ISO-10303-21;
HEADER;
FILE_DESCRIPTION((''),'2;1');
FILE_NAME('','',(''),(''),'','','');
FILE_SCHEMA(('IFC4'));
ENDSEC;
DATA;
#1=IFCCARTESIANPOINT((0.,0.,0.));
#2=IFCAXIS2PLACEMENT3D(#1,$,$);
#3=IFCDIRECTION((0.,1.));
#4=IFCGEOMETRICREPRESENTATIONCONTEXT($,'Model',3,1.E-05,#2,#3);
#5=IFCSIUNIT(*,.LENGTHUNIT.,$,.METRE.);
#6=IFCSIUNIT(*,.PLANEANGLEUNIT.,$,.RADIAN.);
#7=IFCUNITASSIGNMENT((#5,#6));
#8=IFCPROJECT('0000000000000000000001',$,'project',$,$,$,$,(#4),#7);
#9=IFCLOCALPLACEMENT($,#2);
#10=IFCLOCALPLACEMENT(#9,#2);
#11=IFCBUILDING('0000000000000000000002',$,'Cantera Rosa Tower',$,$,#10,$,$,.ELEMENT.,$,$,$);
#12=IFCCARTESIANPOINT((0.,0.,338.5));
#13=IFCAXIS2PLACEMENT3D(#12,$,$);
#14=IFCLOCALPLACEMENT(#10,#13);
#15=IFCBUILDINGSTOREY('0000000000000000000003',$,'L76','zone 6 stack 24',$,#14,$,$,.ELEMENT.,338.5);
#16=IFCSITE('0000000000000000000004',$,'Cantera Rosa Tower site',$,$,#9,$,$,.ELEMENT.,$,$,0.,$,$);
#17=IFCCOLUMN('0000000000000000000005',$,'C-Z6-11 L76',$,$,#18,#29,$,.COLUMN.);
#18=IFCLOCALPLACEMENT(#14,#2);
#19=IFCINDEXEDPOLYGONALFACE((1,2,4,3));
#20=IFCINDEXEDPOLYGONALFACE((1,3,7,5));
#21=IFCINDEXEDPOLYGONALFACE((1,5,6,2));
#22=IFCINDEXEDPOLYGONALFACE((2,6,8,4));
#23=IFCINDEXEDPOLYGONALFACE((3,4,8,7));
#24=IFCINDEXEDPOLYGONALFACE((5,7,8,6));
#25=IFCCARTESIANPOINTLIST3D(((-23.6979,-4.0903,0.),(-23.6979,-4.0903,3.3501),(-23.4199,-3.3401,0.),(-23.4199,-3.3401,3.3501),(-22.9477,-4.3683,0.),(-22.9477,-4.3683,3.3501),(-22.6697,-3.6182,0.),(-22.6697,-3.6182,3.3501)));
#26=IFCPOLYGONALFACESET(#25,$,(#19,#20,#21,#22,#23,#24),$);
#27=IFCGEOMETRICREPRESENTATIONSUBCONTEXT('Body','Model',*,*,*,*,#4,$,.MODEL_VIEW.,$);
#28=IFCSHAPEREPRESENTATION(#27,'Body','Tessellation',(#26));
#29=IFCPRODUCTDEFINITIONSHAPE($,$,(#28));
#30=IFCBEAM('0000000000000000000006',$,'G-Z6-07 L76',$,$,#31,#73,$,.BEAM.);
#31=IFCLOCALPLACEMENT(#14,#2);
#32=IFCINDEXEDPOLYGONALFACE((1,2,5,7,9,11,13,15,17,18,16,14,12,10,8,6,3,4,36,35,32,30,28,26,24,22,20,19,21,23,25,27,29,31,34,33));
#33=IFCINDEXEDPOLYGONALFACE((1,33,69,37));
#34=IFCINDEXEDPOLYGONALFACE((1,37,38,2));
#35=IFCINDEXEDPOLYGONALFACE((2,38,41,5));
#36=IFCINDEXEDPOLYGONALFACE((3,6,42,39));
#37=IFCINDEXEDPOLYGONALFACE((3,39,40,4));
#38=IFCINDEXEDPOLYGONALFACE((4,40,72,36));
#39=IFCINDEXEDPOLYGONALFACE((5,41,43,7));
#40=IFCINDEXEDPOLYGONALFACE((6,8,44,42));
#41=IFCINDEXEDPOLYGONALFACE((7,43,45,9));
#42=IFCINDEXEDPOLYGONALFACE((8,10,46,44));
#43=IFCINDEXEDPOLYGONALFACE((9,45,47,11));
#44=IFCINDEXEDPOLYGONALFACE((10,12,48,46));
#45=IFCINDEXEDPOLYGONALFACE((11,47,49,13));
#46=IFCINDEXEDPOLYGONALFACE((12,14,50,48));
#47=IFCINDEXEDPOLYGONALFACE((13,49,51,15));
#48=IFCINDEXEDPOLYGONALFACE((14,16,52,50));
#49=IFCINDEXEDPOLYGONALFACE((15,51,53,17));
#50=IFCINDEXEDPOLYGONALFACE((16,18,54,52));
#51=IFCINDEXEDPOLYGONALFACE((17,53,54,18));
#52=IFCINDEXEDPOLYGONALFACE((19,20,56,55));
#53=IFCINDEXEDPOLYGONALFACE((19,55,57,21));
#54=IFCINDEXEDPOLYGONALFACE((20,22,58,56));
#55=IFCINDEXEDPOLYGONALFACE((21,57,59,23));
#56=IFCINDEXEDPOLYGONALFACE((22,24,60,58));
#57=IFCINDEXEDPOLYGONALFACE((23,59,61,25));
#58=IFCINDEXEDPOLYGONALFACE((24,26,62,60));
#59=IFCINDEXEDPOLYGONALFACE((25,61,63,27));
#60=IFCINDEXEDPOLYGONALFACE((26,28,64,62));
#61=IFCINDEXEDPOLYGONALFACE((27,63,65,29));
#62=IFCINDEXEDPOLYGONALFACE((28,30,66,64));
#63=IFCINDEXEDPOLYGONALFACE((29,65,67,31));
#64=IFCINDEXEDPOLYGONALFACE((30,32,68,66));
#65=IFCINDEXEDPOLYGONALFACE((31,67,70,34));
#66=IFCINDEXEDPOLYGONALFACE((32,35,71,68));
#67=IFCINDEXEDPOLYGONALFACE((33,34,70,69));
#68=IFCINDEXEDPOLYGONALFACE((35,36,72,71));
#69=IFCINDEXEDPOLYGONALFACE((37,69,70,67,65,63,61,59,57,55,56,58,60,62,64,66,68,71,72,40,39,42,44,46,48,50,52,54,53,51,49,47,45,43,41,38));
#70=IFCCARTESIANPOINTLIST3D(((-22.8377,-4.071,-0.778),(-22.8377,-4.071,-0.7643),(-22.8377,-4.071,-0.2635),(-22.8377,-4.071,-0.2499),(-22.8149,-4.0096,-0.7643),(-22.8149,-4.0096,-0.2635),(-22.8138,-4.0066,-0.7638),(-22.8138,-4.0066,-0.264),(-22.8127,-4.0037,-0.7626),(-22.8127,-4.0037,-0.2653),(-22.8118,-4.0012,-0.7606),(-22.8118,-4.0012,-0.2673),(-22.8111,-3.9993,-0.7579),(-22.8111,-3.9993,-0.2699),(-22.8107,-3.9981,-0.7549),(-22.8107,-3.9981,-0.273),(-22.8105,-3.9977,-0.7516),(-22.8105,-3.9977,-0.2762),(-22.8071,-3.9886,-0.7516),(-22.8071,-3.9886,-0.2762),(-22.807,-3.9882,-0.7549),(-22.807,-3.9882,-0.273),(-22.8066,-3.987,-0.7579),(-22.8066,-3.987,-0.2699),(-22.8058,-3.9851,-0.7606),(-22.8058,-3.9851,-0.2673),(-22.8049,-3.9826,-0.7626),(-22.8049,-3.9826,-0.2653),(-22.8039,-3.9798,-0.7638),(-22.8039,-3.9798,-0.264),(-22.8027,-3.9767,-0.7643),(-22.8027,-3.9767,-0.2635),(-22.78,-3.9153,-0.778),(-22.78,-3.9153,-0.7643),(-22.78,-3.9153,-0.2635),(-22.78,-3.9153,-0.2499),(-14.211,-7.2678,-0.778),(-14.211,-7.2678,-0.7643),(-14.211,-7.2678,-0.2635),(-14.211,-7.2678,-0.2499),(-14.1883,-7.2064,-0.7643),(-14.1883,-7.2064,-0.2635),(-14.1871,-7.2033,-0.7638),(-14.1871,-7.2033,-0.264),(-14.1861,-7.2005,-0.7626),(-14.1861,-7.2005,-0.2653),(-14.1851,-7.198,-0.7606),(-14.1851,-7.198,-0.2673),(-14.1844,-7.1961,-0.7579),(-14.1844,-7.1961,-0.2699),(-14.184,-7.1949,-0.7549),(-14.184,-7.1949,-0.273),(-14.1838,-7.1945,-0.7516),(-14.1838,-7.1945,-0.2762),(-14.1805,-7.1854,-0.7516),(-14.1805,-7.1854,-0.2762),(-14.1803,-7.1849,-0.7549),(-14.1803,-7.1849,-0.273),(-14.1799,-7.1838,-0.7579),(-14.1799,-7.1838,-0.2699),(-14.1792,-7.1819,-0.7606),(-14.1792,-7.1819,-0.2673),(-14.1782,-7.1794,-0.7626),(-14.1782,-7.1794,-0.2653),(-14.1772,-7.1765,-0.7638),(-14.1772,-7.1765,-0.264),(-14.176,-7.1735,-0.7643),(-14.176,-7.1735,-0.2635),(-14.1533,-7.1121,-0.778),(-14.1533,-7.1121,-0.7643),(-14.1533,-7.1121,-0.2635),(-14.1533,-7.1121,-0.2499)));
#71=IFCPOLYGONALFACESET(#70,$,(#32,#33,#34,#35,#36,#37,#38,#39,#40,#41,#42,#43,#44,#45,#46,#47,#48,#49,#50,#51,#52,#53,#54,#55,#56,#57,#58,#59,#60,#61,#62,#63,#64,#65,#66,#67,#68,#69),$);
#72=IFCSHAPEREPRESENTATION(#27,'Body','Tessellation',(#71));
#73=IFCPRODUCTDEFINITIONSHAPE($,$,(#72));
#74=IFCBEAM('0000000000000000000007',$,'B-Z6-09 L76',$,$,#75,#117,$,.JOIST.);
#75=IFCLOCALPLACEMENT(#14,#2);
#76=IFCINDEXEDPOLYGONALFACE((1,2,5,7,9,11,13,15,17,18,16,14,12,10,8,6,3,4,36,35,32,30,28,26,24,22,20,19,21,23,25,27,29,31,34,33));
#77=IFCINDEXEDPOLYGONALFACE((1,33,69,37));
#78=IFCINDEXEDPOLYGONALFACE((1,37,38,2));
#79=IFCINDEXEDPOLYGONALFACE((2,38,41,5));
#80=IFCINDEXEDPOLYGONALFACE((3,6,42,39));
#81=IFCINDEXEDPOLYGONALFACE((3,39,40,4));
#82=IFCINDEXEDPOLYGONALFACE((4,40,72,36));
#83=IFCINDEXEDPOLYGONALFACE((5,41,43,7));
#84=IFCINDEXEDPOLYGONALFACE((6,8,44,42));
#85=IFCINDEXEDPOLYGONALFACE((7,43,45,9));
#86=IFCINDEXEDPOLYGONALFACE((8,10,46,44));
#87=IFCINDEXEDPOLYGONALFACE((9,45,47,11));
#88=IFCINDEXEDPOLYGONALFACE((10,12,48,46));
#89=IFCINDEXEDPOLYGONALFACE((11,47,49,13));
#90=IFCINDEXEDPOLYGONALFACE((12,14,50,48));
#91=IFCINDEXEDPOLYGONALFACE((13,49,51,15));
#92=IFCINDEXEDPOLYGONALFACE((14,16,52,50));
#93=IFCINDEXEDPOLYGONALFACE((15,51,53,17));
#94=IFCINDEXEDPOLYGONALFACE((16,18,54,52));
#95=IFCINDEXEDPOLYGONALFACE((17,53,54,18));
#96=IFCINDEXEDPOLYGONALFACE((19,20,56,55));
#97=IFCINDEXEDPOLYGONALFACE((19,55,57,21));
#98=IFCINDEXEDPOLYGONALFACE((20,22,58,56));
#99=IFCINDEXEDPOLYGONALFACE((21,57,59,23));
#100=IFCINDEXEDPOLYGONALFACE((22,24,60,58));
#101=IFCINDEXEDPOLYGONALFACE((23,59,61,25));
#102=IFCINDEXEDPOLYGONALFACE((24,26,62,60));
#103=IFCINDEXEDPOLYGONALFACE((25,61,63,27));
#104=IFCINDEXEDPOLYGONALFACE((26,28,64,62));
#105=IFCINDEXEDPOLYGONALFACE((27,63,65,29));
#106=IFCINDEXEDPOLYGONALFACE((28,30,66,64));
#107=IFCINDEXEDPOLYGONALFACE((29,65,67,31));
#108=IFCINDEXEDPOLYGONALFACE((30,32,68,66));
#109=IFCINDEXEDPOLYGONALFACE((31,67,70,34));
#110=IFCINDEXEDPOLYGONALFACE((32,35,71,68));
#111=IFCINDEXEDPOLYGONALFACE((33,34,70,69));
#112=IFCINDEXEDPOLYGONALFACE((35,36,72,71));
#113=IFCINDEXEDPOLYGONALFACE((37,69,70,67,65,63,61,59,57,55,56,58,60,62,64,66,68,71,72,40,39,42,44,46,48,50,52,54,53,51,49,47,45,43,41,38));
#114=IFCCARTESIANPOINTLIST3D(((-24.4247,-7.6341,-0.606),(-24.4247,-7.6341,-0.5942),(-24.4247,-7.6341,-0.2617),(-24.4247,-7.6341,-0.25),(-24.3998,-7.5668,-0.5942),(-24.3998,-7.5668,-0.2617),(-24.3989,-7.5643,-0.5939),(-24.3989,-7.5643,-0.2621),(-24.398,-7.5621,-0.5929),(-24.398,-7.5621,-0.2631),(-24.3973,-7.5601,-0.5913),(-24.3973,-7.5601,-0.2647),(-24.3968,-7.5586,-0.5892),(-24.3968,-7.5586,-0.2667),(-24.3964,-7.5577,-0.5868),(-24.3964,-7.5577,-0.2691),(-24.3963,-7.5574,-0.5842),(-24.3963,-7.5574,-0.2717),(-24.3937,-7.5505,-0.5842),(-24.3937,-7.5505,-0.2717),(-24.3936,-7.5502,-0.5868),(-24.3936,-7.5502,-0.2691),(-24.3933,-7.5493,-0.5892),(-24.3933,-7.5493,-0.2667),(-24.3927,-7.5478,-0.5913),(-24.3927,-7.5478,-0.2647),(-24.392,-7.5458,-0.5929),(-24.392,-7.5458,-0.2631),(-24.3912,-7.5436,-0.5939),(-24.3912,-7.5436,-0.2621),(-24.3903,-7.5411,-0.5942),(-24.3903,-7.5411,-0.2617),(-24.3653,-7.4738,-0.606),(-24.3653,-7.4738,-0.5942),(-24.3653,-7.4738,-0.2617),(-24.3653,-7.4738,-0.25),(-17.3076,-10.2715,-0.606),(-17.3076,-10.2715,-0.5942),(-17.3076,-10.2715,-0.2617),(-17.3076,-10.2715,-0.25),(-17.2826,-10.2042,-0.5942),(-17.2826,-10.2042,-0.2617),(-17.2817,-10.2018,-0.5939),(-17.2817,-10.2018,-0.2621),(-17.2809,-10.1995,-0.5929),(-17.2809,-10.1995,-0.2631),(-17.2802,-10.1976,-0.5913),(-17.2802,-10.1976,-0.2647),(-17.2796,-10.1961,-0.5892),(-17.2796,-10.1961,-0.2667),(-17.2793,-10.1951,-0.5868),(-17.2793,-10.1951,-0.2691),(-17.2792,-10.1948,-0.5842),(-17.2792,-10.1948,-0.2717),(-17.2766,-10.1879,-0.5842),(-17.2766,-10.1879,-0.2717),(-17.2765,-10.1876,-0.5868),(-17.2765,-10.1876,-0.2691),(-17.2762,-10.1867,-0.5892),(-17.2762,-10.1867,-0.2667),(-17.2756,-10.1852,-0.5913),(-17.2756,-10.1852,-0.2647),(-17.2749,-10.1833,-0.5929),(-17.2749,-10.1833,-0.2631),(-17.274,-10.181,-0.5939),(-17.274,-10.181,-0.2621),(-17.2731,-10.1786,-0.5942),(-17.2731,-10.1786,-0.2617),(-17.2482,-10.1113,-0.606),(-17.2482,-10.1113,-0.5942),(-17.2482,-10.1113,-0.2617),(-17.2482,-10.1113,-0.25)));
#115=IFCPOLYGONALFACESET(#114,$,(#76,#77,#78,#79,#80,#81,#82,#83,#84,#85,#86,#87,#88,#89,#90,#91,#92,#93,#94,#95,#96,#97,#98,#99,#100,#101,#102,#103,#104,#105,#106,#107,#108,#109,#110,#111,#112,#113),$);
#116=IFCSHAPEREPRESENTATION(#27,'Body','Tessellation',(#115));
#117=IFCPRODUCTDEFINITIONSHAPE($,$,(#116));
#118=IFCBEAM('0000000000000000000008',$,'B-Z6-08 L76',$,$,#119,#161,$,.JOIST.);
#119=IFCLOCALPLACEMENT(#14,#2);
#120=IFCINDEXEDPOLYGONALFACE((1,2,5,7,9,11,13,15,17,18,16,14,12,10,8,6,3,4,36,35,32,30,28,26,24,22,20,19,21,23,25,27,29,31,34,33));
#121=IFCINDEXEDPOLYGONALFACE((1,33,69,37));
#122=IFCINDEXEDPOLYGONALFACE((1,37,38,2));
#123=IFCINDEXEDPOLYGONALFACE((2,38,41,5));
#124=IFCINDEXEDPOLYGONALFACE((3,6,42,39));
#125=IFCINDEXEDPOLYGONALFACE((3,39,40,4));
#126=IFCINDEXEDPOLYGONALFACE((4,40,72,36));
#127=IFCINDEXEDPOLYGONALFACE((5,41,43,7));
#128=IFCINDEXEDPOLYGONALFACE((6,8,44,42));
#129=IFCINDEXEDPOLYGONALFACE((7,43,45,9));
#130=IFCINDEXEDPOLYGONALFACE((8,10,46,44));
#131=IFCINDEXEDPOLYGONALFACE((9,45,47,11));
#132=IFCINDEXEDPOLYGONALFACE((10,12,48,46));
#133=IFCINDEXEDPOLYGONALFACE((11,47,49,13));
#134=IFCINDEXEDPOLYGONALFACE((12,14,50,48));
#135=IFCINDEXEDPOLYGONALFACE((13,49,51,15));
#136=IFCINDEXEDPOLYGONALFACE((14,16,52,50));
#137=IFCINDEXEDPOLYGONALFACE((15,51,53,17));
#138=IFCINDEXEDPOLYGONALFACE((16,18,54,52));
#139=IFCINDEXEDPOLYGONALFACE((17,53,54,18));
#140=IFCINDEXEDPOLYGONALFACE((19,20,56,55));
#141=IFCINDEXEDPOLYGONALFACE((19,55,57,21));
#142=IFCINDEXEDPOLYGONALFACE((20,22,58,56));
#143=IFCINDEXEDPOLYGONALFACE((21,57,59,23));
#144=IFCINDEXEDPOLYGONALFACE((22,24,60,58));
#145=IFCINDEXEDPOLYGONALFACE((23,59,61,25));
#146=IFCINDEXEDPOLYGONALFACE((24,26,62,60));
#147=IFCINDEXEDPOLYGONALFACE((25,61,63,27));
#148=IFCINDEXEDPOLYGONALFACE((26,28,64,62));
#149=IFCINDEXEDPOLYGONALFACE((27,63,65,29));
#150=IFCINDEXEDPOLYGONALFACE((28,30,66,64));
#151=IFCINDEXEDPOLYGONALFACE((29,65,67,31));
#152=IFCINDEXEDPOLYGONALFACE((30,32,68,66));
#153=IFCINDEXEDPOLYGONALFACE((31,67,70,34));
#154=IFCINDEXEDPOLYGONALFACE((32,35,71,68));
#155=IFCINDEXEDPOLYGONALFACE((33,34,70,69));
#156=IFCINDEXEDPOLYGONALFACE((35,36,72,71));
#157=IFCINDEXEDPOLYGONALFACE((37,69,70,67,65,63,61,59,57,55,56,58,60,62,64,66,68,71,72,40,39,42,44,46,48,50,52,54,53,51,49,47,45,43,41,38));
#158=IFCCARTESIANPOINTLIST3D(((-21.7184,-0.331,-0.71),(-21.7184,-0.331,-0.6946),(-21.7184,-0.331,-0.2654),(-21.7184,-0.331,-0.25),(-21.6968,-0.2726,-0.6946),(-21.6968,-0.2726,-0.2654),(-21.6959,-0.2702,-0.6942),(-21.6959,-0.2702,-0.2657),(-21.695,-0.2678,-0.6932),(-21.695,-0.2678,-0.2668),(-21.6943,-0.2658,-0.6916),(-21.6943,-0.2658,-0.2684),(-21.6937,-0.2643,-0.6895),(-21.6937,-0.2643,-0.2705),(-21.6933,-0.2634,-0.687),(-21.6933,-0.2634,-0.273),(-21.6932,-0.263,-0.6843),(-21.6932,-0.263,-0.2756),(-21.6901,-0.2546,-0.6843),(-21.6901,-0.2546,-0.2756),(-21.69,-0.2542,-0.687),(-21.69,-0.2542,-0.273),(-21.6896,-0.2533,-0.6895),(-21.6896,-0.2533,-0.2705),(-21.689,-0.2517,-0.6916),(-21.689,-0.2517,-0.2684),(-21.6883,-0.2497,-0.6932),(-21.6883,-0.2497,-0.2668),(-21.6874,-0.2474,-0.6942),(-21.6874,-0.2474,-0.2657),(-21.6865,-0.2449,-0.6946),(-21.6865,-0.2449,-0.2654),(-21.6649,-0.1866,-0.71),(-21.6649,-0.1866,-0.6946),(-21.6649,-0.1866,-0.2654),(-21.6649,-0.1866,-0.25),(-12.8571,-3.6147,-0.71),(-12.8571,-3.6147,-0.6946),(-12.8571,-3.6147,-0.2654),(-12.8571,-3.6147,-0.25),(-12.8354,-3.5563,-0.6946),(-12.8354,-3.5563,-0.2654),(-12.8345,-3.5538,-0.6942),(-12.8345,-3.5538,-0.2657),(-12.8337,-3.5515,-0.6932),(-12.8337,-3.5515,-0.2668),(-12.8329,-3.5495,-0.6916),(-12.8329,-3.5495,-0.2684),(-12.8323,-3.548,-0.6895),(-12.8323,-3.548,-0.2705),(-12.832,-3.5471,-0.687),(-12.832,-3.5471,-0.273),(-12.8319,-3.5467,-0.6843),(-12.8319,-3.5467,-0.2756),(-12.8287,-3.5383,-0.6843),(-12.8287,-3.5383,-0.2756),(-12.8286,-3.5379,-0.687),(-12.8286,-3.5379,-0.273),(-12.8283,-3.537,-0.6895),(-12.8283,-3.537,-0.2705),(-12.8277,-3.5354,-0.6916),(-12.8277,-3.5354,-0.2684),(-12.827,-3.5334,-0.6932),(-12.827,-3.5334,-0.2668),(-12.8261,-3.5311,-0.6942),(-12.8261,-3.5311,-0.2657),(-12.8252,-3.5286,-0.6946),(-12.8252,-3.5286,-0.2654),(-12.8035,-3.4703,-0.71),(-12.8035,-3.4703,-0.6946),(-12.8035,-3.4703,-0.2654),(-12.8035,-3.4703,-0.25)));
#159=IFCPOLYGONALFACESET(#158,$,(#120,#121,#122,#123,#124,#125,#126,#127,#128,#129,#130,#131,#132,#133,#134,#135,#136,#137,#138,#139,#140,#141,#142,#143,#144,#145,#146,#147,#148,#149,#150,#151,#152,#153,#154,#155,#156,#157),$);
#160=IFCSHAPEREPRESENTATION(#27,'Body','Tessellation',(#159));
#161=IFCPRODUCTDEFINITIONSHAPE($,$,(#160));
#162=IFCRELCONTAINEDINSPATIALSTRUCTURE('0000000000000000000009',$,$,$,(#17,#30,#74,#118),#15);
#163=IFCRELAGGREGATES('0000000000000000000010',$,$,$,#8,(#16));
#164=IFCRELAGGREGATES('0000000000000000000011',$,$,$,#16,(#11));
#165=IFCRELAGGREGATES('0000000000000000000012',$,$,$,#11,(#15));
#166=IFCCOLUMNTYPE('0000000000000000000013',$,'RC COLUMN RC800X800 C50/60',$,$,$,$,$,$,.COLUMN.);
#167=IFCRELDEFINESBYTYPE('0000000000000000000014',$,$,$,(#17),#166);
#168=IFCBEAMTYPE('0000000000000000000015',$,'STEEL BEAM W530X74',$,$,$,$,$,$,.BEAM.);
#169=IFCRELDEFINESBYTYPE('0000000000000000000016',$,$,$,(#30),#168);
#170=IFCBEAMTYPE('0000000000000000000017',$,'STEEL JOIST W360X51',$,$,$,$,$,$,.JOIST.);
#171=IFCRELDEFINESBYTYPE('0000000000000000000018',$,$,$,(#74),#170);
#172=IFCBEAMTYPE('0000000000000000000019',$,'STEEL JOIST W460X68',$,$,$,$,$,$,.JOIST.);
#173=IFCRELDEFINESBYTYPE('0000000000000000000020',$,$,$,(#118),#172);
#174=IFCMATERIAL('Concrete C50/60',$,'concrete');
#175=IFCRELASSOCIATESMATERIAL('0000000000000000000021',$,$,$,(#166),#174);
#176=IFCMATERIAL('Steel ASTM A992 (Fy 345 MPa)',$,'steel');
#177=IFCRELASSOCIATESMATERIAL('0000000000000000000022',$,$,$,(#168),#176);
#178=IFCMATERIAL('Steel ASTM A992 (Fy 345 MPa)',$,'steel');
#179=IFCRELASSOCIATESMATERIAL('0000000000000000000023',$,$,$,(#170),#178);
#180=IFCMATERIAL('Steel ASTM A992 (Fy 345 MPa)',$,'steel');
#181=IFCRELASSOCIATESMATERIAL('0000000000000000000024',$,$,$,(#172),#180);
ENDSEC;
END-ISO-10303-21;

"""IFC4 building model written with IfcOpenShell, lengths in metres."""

from ifc_helpers import new_model, si_unit, direction, frame, origin, origin_2d, place, context, subcontext, project, spatial, rectangle, i_section, extrude, material, material_profile, profile_set, type_object, element, save


model = new_model("IFC4")

# Units and contexts
model_context = context("Model", 3, precision=1e-05, world=origin(), true_north=direction((0.0, 1.0)))
body_context = subcontext(model_context, "Body", "Model", "MODEL_VIEW")
ifc_project = project(units=[si_unit("LENGTHUNIT", "METRE"), si_unit("PLANEANGLEUNIT", "RADIAN")], contexts=[model_context])

# Site, building, storey
site_placement = place(None, origin())
site = spatial("IfcSite", under=ifc_project, at=site_placement, Name="Cantera Rosa Tower site", CompositionType="ELEMENT", RefElevation=0.0)
building_placement = place(site_placement, origin())
building = spatial("IfcBuilding", under=site, at=building_placement, Name="Cantera Rosa Tower", CompositionType="ELEMENT")
storey_placement = place(building_placement, frame((0.0, 0.0, 338.5)))
storey = spatial("IfcBuildingStorey", under=building, at=storey_placement, Name="L76", Description="zone 6 stack 24", CompositionType="ELEMENT", Elevation=338.5)

# Column
ifc_material_1 = material(Name="Concrete C50/60", Category="concrete")
ifc_material_profile_1 = material_profile(ifc_material_1, rectangle(XDim=0.8, YDim=0.8, at=origin_2d()), Name="RC COLUMN RC800X800 C50/60")
ifc_profile_set_1 = profile_set([ifc_material_profile_1], Name="Concrete C50/60")
column_type = type_object("IfcColumnType", Name="RC COLUMN RC800X800 C50/60", PredefinedType="COLUMN", material=ifc_profile_set_1)
column_placement = place(storey_placement, frame((-23.1838, -3.8542, 0.0), z_axis=(0.0, 0.0, 1.0), x_axis=(0.347481, 0.937687, 0.0)))
element("IfcColumn", 1, at=column_placement, inside=storey, type_object=column_type, Name="C-Z6-11 L76", PredefinedType="COLUMN", context=body_context, shape_type="SweptSolid", body=[
    extrude(rectangle(XDim=0.8, YDim=0.8, at=origin_2d()), origin(), (0.0, 0.0, 1.0), 3.3501),
])

# Beams
ifc_material_2 = material(Name="Steel ASTM A992 (Fy 345 MPa)", Category="steel")
ifc_material_profile_2 = material_profile(ifc_material_2, i_section(OverallWidth=0.166, OverallDepth=0.5281, WebThickness=0.0098, FlangeThickness=0.0137, FilletRadius=0.0127, at=origin_2d()), Name="W530X74")
ifc_profile_set_2 = profile_set([ifc_material_profile_2], Name="Steel ASTM A992 (Fy 345 MPa)")
beam_type_1 = type_object("IfcBeamType", Name="STEEL BEAM W530X74", PredefinedType="BEAM", material=ifc_profile_set_2)
beam_1_placement = place(storey_placement, frame((-22.8088, -3.9932, -0.5139), z_axis=(0.937689, -0.347477, 0.0), x_axis=(0.347477, 0.937689, 0.0)))
element("IfcBeam", 2, at=beam_1_placement, inside=storey, type_object=beam_type_1, Name="G-Z6-07 L76", PredefinedType="BEAM", context=body_context, shape_type="SweptSolid", body=[
    extrude(i_section(OverallWidth=0.166, OverallDepth=0.5281, WebThickness=0.0098, FlangeThickness=0.0137, FilletRadius=0.0127, at=origin_2d()), origin(), (0.0, 0.0, 1.0), 9.2),
])
ifc_material_3 = material(Name="Steel ASTM A992 (Fy 345 MPa)", Category="steel")
ifc_material_profile_3 = material_profile(ifc_material_3, i_section(OverallWidth=0.1709, OverallDepth=0.356, WebThickness=0.0073, FlangeThickness=0.0117, FilletRadius=0.01, at=origin_2d()), Name="W360X51")
ifc_profile_set_3 = profile_set([ifc_material_profile_3], Name="Steel ASTM A992 (Fy 345 MPa)")
beam_type_2 = type_object("IfcBeamType", Name="STEEL JOIST W360X51", PredefinedType="JOIST", material=ifc_profile_set_3)
beam_2_placement = place(storey_placement, frame((-24.395, -7.554, -0.428), z_axis=(0.937686, -0.347483, 0.0), x_axis=(0.347483, 0.937686, 0.0)))
element("IfcBeam", 3, at=beam_2_placement, inside=storey, type_object=beam_type_2, Name="B-Z6-09 L76", PredefinedType="JOIST", context=body_context, shape_type="SweptSolid", body=[
    extrude(i_section(OverallWidth=0.1709, OverallDepth=0.356, WebThickness=0.0073, FlangeThickness=0.0117, FilletRadius=0.01, at=origin_2d()), origin(), (0.0, 0.0, 1.0), 7.5901),
])
ifc_material_4 = material(Name="Steel ASTM A992 (Fy 345 MPa)", Category="steel")
ifc_material_profile_4 = material_profile(ifc_material_4, i_section(OverallWidth=0.1541, OverallDepth=0.46, WebThickness=0.009, FlangeThickness=0.0154, FilletRadius=0.0103, at=origin_2d()), Name="W460X68")
ifc_profile_set_4 = profile_set([ifc_material_profile_4], Name="Steel ASTM A992 (Fy 345 MPa)")
beam_type_3 = type_object("IfcBeamType", Name="STEEL JOIST W460X68", PredefinedType="JOIST", material=ifc_profile_set_4)
beam_3_placement = place(storey_placement, frame((-21.6917, -0.2588, -0.48), z_axis=(0.93769, -0.347474, 0.0), x_axis=(0.347474, 0.93769, 0.0)))
element("IfcBeam", 4, at=beam_3_placement, inside=storey, type_object=beam_type_3, Name="B-Z6-08 L76", PredefinedType="JOIST", context=body_context, shape_type="SweptSolid", body=[
    extrude(i_section(OverallWidth=0.1541, OverallDepth=0.46, WebThickness=0.009, FlangeThickness=0.0154, FilletRadius=0.0103, at=origin_2d()), origin(), (0.0, 0.0, 1.0), 9.4502),
])

save(model, "model.ifc")
